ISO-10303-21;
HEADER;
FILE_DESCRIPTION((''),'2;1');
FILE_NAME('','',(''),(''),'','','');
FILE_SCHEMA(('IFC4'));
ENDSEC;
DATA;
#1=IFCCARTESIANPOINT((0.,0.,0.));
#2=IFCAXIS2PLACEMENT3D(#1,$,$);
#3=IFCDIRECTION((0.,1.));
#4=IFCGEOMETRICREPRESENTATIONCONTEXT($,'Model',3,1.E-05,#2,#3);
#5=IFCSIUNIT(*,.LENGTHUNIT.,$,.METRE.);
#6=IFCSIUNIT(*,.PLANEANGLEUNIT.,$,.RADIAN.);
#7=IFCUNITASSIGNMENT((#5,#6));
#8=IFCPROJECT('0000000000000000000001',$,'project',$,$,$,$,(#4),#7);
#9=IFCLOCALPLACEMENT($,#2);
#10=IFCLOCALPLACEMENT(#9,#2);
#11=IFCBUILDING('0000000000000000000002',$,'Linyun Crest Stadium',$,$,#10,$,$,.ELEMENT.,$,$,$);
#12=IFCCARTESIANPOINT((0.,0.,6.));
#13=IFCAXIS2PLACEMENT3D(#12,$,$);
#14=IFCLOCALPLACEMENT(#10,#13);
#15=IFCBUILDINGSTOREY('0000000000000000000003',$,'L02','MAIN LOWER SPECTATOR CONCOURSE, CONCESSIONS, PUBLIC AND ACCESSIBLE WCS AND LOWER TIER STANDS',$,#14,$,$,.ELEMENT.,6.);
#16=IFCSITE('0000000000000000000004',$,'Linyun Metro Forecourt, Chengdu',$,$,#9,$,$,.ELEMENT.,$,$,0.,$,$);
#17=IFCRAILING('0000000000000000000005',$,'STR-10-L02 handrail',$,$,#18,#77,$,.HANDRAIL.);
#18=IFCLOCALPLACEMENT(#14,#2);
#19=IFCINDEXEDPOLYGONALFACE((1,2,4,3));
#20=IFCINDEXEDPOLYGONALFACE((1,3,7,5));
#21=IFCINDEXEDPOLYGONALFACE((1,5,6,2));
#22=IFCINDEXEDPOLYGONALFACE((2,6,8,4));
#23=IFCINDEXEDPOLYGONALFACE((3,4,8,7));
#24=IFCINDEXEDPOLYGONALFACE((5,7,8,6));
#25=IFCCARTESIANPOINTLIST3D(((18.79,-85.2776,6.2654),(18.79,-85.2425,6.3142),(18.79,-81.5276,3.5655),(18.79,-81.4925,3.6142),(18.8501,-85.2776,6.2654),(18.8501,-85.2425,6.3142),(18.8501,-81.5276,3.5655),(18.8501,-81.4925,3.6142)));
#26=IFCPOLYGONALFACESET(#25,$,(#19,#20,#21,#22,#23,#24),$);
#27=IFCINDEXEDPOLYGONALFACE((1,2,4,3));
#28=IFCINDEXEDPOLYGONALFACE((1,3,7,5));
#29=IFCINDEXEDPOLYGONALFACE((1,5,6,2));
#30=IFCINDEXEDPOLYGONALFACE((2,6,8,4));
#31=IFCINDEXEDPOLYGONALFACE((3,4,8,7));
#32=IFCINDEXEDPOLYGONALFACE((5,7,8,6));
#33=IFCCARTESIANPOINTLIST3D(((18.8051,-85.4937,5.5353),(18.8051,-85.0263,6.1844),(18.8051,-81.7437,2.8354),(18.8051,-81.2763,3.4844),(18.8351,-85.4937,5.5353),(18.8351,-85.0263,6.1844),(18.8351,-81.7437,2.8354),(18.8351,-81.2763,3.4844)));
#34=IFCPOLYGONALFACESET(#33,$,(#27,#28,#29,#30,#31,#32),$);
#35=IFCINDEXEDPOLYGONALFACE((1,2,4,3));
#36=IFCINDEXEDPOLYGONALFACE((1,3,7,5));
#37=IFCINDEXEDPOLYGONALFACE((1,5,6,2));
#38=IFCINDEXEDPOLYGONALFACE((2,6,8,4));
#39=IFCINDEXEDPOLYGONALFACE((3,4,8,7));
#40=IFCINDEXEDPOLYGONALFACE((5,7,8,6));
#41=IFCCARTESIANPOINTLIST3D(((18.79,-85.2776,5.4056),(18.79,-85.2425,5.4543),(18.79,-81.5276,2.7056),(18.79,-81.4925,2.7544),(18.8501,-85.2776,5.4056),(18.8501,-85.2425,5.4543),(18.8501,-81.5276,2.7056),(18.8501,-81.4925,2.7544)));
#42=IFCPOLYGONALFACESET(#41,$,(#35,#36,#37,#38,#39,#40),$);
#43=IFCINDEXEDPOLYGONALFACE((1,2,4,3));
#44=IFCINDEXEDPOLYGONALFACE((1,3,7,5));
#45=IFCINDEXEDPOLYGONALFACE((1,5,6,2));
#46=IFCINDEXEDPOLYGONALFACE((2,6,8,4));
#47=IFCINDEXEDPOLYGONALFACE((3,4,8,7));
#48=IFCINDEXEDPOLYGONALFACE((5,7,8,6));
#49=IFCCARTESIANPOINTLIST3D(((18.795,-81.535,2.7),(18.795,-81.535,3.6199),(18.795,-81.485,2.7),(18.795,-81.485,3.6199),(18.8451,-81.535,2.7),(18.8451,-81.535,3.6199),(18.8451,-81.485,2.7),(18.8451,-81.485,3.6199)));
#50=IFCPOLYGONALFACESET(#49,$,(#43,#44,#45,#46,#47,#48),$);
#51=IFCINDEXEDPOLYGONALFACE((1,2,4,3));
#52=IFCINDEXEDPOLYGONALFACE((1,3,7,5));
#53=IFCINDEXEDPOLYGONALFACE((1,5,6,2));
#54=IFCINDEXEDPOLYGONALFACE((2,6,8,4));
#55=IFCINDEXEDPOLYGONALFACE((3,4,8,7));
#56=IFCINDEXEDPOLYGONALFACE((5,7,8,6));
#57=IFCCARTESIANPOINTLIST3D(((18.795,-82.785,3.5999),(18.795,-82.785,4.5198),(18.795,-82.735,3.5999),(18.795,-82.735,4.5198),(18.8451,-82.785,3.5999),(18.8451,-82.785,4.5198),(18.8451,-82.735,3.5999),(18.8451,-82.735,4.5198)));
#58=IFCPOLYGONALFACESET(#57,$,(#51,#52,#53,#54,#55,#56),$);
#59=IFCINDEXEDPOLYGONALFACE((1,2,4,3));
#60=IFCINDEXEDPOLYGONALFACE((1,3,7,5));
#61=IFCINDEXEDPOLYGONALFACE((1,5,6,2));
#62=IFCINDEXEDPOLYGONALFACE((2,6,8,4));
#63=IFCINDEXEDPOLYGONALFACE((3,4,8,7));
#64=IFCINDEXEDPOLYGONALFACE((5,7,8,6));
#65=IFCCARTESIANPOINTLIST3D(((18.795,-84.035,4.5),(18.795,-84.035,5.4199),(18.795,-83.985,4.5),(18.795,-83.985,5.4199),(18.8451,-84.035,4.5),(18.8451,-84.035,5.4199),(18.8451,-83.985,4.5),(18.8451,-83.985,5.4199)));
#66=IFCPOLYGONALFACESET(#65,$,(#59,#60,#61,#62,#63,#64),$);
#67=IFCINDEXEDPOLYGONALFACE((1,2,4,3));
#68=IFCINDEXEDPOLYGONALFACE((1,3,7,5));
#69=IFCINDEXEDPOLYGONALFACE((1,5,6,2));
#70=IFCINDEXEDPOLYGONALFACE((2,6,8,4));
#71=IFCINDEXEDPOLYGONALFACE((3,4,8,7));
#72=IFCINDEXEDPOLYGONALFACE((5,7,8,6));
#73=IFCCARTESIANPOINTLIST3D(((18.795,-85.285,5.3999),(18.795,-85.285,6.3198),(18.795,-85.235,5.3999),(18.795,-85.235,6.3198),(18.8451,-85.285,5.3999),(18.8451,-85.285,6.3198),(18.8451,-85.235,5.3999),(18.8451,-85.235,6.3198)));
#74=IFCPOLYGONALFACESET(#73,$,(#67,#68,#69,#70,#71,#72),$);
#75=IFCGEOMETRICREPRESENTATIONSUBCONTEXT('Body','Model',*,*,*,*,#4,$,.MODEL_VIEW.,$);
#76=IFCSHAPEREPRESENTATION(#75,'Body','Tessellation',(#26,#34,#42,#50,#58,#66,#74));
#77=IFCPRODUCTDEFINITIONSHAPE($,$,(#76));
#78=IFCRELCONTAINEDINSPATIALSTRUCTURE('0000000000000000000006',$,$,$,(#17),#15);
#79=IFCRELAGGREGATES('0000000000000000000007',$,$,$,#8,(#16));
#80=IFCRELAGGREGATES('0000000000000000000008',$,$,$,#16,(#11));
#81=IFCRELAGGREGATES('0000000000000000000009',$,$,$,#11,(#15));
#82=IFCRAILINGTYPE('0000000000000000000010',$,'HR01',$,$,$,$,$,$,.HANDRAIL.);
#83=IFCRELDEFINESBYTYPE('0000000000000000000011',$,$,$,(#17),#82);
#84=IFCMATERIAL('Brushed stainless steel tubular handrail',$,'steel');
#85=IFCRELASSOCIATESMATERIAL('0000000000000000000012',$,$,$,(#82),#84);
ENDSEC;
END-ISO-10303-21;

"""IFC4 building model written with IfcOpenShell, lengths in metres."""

from ifc_helpers import new_model, si_unit, direction, frame, origin, origin_2d, place, context, subcontext, project, spatial, rectangle, extrude, material, type_object, element, save


model = new_model("IFC4")

# Units and contexts
model_context = context("Model", 3, precision=1e-05, world=origin(), true_north=direction((0.0, 1.0)))
body_context = subcontext(model_context, "Body", "Model", "MODEL_VIEW")
ifc_project = project(units=[si_unit("LENGTHUNIT", "METRE"), si_unit("PLANEANGLEUNIT", "RADIAN")], contexts=[model_context])

# Site, building, storey
site_placement = place(None, origin())
site = spatial("IfcSite", under=ifc_project, at=site_placement, Name="Linyun Metro Forecourt, Chengdu", CompositionType="ELEMENT", RefElevation=0.0)
building_placement = place(site_placement, origin())
building = spatial("IfcBuilding", under=site, at=building_placement, Name="Linyun Crest Stadium", CompositionType="ELEMENT")
storey_placement = place(building_placement, frame((0.0, 0.0, 6.0)))
storey = spatial("IfcBuildingStorey", under=building, at=storey_placement, Name="L02", Description="MAIN LOWER SPECTATOR CONCOURSE, CONCESSIONS, PUBLIC AND ACCESSIBLE WCS AND LOWER TIER STANDS", CompositionType="ELEMENT", Elevation=6.0)

# Railing
ifc_material_1 = material(Name="Brushed stainless steel tubular handrail", Category="steel")
railing_type_1 = type_object("IfcRailingType", Name="HR01", PredefinedType="HANDRAIL", material=ifc_material_1)
railing_1_placement = place(storey_placement, frame((18.8201, -81.51, 2.7)))
element("IfcRailing", 1, at=railing_1_placement, inside=storey, type_object=railing_type_1, Name="STR-10-L02 handrail", PredefinedType="HANDRAIL", context=body_context, shape_type="SweptSolid", body=[
    extrude(rectangle(XDim=0.0601, YDim=0.0601, at=origin_2d()), frame((0.0, 0.0, 0.8899), z_axis=(0.0, -0.811539, 0.584298), x_axis=(1.0, 0.0, 0.0)), (0.0, 0.0, 1.0), 4.6208),
    extrude(rectangle(XDim=0.03, YDim=0.7998, at=origin_2d()), frame((0.0, 0.0, 0.46), z_axis=(0.0, -0.811539, 0.584298), x_axis=(1.0, 0.0, 0.0)), (0.0, 0.0, 1.0), 4.6208),
    extrude(rectangle(XDim=0.0601, YDim=0.0601, at=origin_2d()), frame((0.0, 0.0, 0.03), z_axis=(0.0, -0.811539, 0.584298), x_axis=(1.0, 0.0, 0.0)), (0.0, 0.0, 1.0), 4.6208),
    extrude(rectangle(XDim=0.05, YDim=0.05, at=origin_2d()), origin(), (0.0, 0.0, 1.0), 0.9199),
    extrude(rectangle(XDim=0.05, YDim=0.05, at=origin_2d()), frame((0.0, -1.25, 0.8999)), (0.0, 0.0, 1.0), 0.9199),
    extrude(rectangle(XDim=0.05, YDim=0.05, at=origin_2d()), frame((0.0, -2.5, 1.8)), (0.0, 0.0, 1.0), 0.9199),
    extrude(rectangle(XDim=0.05, YDim=0.05, at=origin_2d()), frame((0.0, -3.75, 2.7)), (0.0, 0.0, 1.0), 0.9199),
])

save(model, "model.ifc")
